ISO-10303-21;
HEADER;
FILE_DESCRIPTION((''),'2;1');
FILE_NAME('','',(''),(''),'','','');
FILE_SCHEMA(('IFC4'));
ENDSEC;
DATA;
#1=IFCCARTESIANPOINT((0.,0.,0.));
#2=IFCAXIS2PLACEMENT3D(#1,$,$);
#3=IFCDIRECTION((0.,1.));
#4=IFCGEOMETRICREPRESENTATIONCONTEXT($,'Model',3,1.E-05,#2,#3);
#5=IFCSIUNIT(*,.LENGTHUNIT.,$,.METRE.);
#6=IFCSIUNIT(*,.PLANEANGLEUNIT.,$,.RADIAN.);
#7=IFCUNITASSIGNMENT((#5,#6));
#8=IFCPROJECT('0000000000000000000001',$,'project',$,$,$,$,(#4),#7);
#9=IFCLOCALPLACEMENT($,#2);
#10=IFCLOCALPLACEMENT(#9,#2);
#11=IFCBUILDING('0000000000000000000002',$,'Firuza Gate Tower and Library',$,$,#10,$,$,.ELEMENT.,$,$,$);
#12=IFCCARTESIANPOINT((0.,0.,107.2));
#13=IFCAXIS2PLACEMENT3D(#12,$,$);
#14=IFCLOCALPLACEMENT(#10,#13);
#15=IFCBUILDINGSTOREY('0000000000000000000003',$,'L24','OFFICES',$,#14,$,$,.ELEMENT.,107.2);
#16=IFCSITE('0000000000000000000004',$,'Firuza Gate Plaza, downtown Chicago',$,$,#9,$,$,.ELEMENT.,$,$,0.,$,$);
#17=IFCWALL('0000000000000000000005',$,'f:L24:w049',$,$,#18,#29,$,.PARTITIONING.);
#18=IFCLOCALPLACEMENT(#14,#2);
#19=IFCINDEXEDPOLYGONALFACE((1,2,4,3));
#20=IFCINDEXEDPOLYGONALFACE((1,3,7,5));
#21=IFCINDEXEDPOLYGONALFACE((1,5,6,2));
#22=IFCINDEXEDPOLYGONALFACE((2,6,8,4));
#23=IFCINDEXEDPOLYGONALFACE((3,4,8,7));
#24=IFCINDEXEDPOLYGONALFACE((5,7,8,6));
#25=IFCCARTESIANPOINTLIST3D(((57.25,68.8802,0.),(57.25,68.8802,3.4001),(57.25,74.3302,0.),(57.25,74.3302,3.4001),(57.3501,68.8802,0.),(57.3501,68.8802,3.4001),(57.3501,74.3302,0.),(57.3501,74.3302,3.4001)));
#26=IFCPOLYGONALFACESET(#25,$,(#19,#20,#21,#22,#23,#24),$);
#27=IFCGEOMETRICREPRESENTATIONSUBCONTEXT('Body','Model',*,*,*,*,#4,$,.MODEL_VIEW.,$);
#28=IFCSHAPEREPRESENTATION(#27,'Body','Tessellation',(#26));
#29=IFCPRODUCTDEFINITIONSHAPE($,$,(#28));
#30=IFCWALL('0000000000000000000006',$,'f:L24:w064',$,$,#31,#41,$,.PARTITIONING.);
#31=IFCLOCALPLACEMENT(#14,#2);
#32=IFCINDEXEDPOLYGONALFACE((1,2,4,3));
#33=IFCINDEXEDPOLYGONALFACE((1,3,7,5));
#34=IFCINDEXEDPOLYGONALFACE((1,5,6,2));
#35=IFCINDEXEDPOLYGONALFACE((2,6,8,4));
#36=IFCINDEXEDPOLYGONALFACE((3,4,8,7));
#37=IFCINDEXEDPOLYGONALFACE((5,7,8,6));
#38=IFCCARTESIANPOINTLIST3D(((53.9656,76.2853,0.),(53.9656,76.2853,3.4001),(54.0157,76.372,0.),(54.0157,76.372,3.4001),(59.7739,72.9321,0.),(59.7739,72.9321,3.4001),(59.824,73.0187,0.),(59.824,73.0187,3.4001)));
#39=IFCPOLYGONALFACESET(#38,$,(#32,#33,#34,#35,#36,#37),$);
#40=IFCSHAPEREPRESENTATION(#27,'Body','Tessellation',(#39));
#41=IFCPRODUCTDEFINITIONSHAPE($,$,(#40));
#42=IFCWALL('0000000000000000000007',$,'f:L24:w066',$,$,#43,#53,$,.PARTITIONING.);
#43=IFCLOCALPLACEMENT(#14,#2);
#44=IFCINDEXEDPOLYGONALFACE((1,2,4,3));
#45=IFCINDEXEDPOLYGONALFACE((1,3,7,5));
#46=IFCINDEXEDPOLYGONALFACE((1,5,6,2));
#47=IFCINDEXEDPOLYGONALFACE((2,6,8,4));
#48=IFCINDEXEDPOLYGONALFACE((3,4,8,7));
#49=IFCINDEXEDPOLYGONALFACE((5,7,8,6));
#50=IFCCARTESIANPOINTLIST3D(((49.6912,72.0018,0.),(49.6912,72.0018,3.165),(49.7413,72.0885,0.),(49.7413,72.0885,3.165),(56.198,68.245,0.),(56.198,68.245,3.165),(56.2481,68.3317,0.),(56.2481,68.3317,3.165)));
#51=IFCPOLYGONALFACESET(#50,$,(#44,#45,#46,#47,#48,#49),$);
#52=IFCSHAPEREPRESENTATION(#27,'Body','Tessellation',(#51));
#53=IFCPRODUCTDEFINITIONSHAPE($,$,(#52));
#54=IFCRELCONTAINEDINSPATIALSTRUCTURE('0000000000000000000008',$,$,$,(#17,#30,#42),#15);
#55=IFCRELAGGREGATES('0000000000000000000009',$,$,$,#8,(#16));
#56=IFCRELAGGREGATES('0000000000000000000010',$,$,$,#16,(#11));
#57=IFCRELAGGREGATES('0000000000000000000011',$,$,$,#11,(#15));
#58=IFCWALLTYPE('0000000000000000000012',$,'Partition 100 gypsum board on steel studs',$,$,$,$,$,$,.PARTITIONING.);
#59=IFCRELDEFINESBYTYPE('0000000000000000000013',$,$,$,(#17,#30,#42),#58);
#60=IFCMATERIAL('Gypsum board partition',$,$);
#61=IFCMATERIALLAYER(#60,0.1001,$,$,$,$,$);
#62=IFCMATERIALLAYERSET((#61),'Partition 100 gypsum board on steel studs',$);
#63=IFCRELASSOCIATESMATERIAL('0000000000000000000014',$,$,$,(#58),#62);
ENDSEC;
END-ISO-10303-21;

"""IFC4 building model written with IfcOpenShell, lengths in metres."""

from ifc_helpers import new_model, si_unit, direction, frame, frame_2d, origin, place, context, subcontext, project, spatial, rectangle, extrude, material, layer, layer_set, type_object, element, save


model = new_model("IFC4")

# Units and contexts
model_context = context("Model", 3, precision=1e-05, world=origin(), true_north=direction((0.0, 1.0)))
body_context = subcontext(model_context, "Body", "Model", "MODEL_VIEW")
ifc_project = project(units=[si_unit("LENGTHUNIT", "METRE"), si_unit("PLANEANGLEUNIT", "RADIAN")], contexts=[model_context])

# Site, building, storey
site_placement = place(None, origin())
site = spatial("IfcSite", under=ifc_project, at=site_placement, Name="Firuza Gate Plaza, downtown Chicago", CompositionType="ELEMENT", RefElevation=0.0)
building_placement = place(site_placement, origin())
building = spatial("IfcBuilding", under=site, at=building_placement, Name="Firuza Gate Tower and Library", CompositionType="ELEMENT")
storey_placement = place(building_placement, frame((0.0, 0.0, 107.2)))
storey = spatial("IfcBuildingStorey", under=building, at=storey_placement, Name="L24", Description="OFFICES", CompositionType="ELEMENT", Elevation=107.2)

# Shared definitions
ifc_material_1 = material(Name="Gypsum board partition")
ifc_layer_1 = layer(ifc_material_1, 0.1001)
ifc_layer_set_1 = layer_set([ifc_layer_1], Name="Partition 100 gypsum board on steel studs")
wall_type_1 = type_object("IfcWallType", Name="Partition 100 gypsum board on steel studs", PredefinedType="PARTITIONING", material=ifc_layer_set_1)

# Walls
wall_1_placement = place(storey_placement, frame((57.3, 68.8801, 0.0), z_axis=(0.0, 0.0, 1.0), x_axis=(0.0, 1.0, 0.0)))
element("IfcWall", 1, at=wall_1_placement, inside=storey, type_object=wall_type_1, Name="f:L24:w049", PredefinedType="PARTITIONING", context=body_context, shape_type="SweptSolid", body=[
    extrude(rectangle(XDim=5.45, YDim=0.1001, at=frame_2d((2.7251, 0.0))), origin(), (0.0, 0.0, 1.0), 3.4001),
])
wall_2_placement = place(storey_placement, frame((59.7991, 72.9753, 0.0), z_axis=(0.0, 0.0, 1.0), x_axis=(-0.866037, 0.49998, 0.0)))
element("IfcWall", 2, at=wall_2_placement, inside=storey, type_object=wall_type_1, Name="f:L24:w064", PredefinedType="PARTITIONING", context=body_context, shape_type="SweptSolid", body=[
    extrude(rectangle(XDim=6.7068, YDim=0.1001, at=frame_2d((3.3535, 0.0))), origin(), (0.0, 0.0, 1.0), 3.4001),
])
wall_3_placement = place(storey_placement, frame((56.2231, 68.2883, 0.0), z_axis=(0.0, 0.0, 1.0), x_axis=(-0.866019, 0.500011, 0.0)))
element("IfcWall", 3, at=wall_3_placement, inside=storey, type_object=wall_type_1, Name="f:L24:w066", PredefinedType="PARTITIONING", context=body_context, shape_type="SweptSolid", body=[
    extrude(rectangle(XDim=7.5134, YDim=0.1001, at=frame_2d((3.7568, 0.0))), origin(), (0.0, 0.0, 1.0), 3.165),
])

save(model, "model.ifc")
